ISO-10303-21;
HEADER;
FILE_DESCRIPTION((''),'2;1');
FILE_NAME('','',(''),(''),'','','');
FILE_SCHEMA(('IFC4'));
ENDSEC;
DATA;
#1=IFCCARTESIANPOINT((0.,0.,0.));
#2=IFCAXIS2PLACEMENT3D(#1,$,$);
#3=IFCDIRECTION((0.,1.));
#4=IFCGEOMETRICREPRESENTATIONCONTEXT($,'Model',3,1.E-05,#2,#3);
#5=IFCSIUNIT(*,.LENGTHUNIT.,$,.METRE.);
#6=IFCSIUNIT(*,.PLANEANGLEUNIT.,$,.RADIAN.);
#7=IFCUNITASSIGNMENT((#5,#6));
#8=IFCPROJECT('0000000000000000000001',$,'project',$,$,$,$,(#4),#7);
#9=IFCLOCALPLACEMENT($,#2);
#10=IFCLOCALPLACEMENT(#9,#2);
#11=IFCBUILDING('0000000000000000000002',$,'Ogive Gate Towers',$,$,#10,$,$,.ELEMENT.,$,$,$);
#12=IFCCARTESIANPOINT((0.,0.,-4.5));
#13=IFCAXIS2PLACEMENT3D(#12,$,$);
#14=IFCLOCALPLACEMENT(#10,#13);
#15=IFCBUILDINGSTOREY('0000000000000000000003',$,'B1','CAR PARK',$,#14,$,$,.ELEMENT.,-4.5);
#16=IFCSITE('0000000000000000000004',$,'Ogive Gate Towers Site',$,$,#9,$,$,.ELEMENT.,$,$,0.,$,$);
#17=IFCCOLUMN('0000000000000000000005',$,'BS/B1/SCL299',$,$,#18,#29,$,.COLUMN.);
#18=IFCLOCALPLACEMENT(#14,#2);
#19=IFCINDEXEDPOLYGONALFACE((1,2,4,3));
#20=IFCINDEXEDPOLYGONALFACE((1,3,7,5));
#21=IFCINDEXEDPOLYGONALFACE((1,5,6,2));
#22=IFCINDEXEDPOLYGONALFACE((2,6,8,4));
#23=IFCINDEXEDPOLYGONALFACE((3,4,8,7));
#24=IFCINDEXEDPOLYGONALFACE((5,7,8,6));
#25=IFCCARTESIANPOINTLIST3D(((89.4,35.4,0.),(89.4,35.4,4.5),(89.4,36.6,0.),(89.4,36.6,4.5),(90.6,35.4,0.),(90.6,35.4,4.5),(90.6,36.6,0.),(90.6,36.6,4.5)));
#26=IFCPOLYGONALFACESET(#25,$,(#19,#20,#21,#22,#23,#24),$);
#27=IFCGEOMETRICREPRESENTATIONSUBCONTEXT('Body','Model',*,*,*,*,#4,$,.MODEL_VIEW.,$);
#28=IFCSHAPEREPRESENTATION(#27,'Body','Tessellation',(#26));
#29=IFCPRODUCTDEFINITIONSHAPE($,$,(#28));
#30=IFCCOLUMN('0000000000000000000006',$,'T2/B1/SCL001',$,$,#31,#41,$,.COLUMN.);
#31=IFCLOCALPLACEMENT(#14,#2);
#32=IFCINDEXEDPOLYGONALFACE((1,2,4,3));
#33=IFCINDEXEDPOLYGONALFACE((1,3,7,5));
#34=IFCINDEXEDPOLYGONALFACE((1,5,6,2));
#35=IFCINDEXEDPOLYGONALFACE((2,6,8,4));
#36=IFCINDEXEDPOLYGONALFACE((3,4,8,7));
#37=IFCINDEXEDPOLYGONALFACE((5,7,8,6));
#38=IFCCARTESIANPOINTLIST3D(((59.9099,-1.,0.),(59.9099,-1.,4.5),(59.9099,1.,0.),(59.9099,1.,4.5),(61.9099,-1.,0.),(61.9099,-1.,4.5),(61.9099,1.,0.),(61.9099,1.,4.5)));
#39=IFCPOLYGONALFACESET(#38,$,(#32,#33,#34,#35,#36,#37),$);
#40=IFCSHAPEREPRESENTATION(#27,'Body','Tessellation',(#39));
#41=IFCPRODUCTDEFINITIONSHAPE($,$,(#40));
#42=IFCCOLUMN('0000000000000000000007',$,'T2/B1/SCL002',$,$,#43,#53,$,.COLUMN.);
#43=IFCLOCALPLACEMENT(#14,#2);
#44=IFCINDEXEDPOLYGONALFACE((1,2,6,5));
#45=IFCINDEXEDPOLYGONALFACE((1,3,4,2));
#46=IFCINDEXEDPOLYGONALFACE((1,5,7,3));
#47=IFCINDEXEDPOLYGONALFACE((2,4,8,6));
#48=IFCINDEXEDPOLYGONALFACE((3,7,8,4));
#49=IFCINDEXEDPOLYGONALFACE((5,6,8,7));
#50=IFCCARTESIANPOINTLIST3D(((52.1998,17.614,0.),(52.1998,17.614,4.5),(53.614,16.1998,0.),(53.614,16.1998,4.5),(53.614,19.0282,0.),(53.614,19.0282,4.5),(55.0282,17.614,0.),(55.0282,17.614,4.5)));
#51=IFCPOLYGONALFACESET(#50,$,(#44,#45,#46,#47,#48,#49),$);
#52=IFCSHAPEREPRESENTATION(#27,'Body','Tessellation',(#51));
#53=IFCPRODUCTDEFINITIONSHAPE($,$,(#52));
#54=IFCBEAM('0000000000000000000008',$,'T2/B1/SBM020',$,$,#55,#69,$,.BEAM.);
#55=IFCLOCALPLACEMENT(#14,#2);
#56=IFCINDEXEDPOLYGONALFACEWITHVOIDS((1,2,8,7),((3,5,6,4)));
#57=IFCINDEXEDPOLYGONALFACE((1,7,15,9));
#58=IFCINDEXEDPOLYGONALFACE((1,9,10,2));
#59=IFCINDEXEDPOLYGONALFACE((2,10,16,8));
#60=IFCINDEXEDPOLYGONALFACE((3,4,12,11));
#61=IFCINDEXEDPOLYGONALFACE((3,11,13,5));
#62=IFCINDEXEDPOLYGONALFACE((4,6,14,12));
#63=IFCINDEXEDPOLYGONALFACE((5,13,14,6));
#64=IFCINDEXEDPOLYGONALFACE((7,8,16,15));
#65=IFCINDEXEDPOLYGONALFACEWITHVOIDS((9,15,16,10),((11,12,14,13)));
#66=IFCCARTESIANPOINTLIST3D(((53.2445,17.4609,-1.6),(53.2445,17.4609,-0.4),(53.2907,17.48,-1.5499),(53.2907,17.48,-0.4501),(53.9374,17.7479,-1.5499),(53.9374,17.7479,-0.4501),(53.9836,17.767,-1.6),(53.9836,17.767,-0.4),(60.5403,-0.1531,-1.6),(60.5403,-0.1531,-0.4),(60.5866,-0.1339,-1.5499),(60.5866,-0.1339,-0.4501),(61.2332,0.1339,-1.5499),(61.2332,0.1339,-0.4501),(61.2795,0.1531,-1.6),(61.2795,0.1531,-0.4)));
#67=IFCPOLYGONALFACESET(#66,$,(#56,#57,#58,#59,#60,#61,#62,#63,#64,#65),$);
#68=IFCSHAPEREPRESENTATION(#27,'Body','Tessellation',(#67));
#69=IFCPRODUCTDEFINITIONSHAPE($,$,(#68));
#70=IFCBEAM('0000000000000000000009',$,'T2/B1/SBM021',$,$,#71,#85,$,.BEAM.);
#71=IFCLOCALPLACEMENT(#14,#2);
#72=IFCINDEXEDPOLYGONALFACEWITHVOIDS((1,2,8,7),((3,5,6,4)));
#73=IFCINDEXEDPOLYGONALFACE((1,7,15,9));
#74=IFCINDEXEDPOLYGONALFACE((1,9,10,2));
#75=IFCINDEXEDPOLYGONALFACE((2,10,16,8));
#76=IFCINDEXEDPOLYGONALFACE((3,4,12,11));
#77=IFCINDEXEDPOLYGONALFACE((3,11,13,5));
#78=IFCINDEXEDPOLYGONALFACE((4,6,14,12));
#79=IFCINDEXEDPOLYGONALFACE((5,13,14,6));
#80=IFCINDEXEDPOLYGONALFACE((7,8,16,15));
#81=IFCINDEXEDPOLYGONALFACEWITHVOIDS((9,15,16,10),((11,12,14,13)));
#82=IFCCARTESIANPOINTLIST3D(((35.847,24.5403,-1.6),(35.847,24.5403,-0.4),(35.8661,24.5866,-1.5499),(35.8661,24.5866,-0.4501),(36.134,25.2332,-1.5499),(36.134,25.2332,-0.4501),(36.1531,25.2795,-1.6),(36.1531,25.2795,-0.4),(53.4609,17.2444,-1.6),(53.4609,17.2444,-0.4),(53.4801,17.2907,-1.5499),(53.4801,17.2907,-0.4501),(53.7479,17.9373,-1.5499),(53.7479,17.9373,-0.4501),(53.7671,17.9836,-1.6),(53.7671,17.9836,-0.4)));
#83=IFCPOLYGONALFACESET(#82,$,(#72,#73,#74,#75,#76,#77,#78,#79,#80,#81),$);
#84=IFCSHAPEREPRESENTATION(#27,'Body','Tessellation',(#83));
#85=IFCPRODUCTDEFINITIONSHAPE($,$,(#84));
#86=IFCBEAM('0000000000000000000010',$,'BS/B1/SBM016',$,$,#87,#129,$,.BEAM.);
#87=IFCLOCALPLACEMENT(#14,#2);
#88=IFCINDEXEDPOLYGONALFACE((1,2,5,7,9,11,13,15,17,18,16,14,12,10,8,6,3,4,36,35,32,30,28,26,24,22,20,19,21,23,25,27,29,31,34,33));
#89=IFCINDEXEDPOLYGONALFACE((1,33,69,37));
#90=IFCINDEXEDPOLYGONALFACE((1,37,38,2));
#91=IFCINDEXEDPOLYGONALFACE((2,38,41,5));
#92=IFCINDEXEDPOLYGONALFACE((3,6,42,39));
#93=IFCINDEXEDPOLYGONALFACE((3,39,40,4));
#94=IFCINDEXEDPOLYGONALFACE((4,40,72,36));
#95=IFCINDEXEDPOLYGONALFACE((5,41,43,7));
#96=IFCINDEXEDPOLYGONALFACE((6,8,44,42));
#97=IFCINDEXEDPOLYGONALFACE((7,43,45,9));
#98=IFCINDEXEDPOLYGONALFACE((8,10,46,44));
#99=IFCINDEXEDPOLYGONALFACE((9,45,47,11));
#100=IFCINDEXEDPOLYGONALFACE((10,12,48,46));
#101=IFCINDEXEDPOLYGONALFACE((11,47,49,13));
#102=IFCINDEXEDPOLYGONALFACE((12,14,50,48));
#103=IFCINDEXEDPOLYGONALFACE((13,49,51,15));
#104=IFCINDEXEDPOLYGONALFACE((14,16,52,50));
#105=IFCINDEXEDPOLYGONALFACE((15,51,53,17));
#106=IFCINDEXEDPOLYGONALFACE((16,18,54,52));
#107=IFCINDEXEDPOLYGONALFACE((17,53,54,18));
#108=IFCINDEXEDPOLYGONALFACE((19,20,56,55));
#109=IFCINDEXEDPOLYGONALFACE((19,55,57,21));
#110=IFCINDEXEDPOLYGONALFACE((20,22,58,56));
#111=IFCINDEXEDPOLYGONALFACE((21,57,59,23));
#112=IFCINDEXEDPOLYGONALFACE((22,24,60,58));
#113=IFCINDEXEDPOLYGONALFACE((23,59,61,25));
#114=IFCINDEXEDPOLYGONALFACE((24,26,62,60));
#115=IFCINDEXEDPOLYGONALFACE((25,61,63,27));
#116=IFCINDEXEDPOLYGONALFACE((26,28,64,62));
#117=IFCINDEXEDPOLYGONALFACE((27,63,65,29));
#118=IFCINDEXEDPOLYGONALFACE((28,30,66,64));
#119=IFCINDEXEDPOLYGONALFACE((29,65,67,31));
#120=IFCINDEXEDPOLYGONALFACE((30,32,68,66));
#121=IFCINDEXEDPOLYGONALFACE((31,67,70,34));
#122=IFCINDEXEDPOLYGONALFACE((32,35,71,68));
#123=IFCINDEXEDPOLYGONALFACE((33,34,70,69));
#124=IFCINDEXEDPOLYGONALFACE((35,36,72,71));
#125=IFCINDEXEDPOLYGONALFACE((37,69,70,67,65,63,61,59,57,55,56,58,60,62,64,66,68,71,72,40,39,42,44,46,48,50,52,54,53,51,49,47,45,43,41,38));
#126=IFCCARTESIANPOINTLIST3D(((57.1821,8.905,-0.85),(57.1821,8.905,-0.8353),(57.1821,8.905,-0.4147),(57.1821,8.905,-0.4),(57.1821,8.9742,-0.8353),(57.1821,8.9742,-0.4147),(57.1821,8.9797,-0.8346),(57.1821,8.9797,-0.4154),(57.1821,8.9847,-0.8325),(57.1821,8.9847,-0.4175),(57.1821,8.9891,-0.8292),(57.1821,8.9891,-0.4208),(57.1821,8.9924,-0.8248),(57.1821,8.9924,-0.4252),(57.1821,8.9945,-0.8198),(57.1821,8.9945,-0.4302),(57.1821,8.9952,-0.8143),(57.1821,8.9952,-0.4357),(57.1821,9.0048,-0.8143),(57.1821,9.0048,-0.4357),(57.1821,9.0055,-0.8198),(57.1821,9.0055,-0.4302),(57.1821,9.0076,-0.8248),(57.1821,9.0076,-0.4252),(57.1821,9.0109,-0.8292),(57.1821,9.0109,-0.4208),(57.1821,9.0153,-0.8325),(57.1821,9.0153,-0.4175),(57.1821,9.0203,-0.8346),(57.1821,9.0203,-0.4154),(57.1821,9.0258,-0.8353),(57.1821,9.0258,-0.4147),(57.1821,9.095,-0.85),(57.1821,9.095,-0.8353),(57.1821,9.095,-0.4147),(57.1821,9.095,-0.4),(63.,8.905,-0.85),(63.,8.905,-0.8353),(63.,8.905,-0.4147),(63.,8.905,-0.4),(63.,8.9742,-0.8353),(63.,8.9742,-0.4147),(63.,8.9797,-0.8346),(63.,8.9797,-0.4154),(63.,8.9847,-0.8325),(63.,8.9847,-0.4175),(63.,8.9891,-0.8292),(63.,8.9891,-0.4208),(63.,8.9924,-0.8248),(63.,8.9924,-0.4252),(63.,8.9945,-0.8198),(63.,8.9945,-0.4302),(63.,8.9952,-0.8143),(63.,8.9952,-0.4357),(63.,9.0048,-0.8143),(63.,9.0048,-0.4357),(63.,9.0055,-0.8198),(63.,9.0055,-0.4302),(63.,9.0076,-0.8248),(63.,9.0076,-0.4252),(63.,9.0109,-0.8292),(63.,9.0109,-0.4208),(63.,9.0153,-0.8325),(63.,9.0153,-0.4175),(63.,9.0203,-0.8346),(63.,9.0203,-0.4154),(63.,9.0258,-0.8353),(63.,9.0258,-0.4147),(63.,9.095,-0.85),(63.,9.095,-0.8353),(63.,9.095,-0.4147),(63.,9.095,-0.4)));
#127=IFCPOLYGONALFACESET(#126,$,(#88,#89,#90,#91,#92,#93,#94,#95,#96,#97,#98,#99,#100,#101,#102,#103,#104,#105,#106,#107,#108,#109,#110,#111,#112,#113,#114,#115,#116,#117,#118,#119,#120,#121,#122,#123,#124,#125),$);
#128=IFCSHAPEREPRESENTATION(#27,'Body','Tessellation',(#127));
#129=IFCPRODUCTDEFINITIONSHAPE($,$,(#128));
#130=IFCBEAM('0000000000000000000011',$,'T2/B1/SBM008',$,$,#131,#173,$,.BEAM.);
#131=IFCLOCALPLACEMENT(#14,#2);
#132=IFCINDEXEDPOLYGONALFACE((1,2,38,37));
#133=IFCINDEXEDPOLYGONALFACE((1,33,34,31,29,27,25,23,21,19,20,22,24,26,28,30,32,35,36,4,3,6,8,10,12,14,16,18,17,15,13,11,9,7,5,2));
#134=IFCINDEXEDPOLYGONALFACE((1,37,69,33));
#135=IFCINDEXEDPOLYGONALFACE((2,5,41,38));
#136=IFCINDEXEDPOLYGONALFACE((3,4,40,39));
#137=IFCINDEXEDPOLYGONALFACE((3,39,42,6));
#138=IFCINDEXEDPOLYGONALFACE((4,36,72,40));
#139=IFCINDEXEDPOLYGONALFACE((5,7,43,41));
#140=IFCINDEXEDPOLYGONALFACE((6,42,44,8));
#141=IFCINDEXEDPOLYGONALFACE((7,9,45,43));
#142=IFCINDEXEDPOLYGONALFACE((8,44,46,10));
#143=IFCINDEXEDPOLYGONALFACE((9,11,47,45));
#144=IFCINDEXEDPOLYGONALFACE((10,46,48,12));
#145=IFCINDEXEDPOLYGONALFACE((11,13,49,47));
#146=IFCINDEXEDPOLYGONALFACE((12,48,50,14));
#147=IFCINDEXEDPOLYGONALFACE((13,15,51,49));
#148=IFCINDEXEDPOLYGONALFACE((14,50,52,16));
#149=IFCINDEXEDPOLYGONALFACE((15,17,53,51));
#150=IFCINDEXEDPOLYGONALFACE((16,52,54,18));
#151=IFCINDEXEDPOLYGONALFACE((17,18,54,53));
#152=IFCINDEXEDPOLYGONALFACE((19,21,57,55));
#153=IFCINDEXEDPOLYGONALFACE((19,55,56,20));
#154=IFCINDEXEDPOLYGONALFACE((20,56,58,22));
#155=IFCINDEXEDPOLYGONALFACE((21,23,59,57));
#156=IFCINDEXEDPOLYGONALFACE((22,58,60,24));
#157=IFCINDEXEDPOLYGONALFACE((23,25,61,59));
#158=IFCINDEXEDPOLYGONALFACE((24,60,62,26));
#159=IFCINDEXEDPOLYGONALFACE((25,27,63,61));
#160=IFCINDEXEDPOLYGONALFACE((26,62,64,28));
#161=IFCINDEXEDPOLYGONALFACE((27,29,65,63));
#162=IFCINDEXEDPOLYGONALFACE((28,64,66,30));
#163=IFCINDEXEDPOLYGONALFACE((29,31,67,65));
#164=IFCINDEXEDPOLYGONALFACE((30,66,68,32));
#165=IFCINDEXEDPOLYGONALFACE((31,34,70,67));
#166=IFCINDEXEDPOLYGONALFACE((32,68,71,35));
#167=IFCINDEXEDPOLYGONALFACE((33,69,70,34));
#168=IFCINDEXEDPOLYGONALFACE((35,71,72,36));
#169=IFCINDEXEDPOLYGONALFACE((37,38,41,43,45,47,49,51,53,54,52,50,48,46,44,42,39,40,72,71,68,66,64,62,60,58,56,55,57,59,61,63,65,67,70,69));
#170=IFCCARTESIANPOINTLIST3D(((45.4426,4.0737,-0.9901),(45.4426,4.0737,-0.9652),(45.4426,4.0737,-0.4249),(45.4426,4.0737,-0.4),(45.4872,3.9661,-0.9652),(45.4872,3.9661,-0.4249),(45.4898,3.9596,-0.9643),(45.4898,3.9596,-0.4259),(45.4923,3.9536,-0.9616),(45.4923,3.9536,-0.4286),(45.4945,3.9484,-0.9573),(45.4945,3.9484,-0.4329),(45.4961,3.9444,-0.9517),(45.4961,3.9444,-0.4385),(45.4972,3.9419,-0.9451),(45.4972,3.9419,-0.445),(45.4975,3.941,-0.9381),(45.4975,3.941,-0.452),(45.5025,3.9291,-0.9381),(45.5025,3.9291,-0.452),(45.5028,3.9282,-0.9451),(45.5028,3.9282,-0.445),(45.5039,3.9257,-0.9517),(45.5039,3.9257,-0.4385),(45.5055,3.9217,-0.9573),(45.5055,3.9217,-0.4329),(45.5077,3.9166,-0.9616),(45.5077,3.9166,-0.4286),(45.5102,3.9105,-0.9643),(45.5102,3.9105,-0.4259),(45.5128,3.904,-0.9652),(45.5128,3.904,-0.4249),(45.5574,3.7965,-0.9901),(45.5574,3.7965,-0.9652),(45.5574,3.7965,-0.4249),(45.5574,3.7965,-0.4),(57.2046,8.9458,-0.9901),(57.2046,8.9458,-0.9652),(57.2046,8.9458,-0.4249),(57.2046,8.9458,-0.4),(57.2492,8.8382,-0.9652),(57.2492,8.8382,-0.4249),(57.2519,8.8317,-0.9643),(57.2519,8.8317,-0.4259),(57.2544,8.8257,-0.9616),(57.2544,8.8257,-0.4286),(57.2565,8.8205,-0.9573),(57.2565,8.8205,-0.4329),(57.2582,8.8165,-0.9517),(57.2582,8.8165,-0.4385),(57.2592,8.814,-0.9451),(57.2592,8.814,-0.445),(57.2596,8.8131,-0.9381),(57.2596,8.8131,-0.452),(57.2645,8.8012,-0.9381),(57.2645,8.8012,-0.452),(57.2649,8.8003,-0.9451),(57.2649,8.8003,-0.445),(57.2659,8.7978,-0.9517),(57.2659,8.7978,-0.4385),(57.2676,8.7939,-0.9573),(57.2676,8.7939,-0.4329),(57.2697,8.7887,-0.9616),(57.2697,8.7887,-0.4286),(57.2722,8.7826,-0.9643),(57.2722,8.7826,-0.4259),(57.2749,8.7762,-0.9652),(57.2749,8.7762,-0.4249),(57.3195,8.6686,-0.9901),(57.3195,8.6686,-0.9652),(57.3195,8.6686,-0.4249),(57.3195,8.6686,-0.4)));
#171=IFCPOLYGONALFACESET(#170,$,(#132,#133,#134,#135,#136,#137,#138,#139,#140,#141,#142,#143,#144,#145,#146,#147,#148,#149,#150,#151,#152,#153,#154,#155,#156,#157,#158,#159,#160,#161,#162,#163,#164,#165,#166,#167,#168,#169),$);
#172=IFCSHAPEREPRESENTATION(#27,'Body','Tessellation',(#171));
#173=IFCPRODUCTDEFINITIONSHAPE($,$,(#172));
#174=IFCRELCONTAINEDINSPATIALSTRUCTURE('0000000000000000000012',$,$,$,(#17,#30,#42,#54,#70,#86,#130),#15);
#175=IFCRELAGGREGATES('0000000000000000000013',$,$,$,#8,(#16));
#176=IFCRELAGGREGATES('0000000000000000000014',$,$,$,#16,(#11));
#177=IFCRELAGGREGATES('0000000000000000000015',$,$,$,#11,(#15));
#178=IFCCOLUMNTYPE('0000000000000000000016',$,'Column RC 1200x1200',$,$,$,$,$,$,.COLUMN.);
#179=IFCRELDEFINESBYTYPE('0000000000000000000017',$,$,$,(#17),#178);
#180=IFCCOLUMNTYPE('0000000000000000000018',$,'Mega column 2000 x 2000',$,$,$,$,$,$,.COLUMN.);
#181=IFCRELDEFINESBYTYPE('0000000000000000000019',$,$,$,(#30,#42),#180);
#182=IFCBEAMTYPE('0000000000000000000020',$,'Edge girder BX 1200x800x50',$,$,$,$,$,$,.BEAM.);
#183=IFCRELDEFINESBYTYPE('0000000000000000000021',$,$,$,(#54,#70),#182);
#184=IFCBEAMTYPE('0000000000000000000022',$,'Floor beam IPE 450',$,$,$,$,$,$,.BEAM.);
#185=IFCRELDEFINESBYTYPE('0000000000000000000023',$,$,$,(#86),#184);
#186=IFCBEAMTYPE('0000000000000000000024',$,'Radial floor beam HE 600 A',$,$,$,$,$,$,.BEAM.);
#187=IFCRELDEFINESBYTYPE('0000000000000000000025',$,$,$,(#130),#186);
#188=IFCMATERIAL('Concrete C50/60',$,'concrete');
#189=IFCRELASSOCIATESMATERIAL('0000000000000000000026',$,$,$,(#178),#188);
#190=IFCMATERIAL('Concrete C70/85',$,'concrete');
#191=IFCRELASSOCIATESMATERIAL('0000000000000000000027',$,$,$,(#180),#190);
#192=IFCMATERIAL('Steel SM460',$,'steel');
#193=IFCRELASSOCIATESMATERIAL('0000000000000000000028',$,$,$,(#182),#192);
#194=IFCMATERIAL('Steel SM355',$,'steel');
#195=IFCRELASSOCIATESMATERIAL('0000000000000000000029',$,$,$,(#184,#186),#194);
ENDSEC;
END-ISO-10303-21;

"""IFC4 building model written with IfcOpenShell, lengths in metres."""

from ifc_helpers import new_model, si_unit, direction, frame, origin, origin_2d, place, context, subcontext, project, spatial, rectangle, hollow_rectangle, i_section, extrude, material, material_profile, profile_set, type_object, element, save


model = new_model("IFC4")

# Units and contexts
model_context = context("Model", 3, precision=1e-05, world=origin(), true_north=direction((0.0, 1.0)))
body_context = subcontext(model_context, "Body", "Model", "MODEL_VIEW")
ifc_project = project(units=[si_unit("LENGTHUNIT", "METRE"), si_unit("PLANEANGLEUNIT", "RADIAN")], contexts=[model_context])

# Site, building, storey
site_placement = place(None, origin())
site = spatial("IfcSite", under=ifc_project, at=site_placement, Name="Ogive Gate Towers Site", CompositionType="ELEMENT", RefElevation=0.0)
building_placement = place(site_placement, origin())
building = spatial("IfcBuilding", under=site, at=building_placement, Name="Ogive Gate Towers", CompositionType="ELEMENT")
storey_placement = place(building_placement, frame((0.0, 0.0, -4.5)))
storey = spatial("IfcBuildingStorey", under=building, at=storey_placement, Name="B1", Description="CAR PARK", CompositionType="ELEMENT", Elevation=-4.5)

# Columns
ifc_material_1 = material(Name="Concrete C50/60", Category="concrete")
ifc_material_profile_1 = material_profile(ifc_material_1, rectangle(XDim=1.2, YDim=1.2, at=origin_2d()), Name="RC 1200x1200")
ifc_profile_set_1 = profile_set([ifc_material_profile_1], Name="Concrete C50/60")
column_type_1 = type_object("IfcColumnType", Name="Column RC 1200x1200", PredefinedType="COLUMN", material=ifc_profile_set_1)
for number, where, z_axis, x_axis, name in (
    (1, (90.0, 36.0, 0.0), (0.0, 0.0, 1.0), (1.0, 0.0, 0.0), "BS/B1/SCL299"),
):
    element("IfcColumn", number, at=place(storey_placement, frame(where, z_axis=z_axis, x_axis=x_axis)), inside=storey, type_object=column_type_1, Name=name, PredefinedType="COLUMN", context=body_context, shape_type="SweptSolid", body=[
        extrude(rectangle(XDim=1.2, YDim=1.2, at=origin_2d()), origin(), (0.0, 0.0, 1.0), 4.5),
    ])
ifc_material_2 = material(Name="Concrete C70/85", Category="concrete")
ifc_material_profile_2 = material_profile(ifc_material_2, rectangle(XDim=2.0, YDim=2.0, at=origin_2d()), Name="RC 2000x2000")
ifc_profile_set_2 = profile_set([ifc_material_profile_2], Name="Concrete C70/85")
column_type_2 = type_object("IfcColumnType", Name="Mega column 2000 x 2000", PredefinedType="COLUMN", material=ifc_profile_set_2)
for number, where, z_axis, x_axis, name in (
    (2, (60.9099, 0.0, 0.0), (0.0, 0.0, 1.0), (1.0, 0.0, 0.0), "T2/B1/SCL001"),
    (3, (53.614, 17.614, 0.0), (0.0, 0.0, 1.0), (0.707107, 0.707107, 0.0), "T2/B1/SCL002"),
):
    element("IfcColumn", number, at=place(storey_placement, frame(where, z_axis=z_axis, x_axis=x_axis)), inside=storey, type_object=column_type_2, Name=name, PredefinedType="COLUMN", context=body_context, shape_type="SweptSolid", body=[
        extrude(rectangle(XDim=2.0, YDim=2.0, at=origin_2d()), origin(), (0.0, 0.0, 1.0), 4.5),
    ])

# Beams
ifc_material_3 = material(Name="Steel SM460", Category="steel")
ifc_material_profile_3 = material_profile(ifc_material_3, hollow_rectangle(XDim=0.8, YDim=1.2, WallThickness=0.05, at=origin_2d()), Name="BX 1200x800x50")
ifc_profile_set_3 = profile_set([ifc_material_profile_3], Name="Steel SM460")
beam_type_1 = type_object("IfcBeamType", Name="Edge girder BX 1200x800x50", PredefinedType="BEAM", material=ifc_profile_set_3)
for number, where, z_axis, x_axis, name in (
    (4, (60.9099, 0.0, -1.0), (-0.382681, 0.923881, 0.0), (-0.923881, -0.382681, 0.0), "T2/B1/SBM020"),
    (5, (53.614, 17.614, -1.0), (-0.923881, 0.382681, 0.0), (-0.382681, -0.923881, 0.0), "T2/B1/SBM021"),
):
    element("IfcBeam", number, at=place(storey_placement, frame(where, z_axis=z_axis, x_axis=x_axis)), inside=storey, type_object=beam_type_1, Name=name, PredefinedType="BEAM", context=body_context, shape_type="SweptSolid", body=[
        extrude(hollow_rectangle(XDim=0.8, YDim=1.2, WallThickness=0.05, at=origin_2d()), origin(), (0.0, 0.0, 1.0), 19.0652),
    ])
ifc_material_4 = material(Name="Steel SM355", Category="steel")
ifc_material_profile_4 = material_profile(ifc_material_4, i_section(OverallWidth=0.1899, OverallDepth=0.45, WebThickness=0.0095, FlangeThickness=0.0146, FilletRadius=0.021, at=origin_2d()), Name="IPE 450")
ifc_profile_set_4 = profile_set([ifc_material_profile_4], Name="Steel SM355")
beam_type_2 = type_object("IfcBeamType", Name="Floor beam IPE 450", PredefinedType="BEAM", material=ifc_profile_set_4)
beam_1_placement = place(storey_placement, frame((63.0, 9.0, -0.625), z_axis=(-1.0, 0.0, 0.0), x_axis=(0.0, -1.0, 0.0)))
element("IfcBeam", 6, at=beam_1_placement, inside=storey, type_object=beam_type_2, Name="BS/B1/SBM016", PredefinedType="BEAM", context=body_context, shape_type="SweptSolid", body=[
    extrude(i_section(OverallWidth=0.1899, OverallDepth=0.45, WebThickness=0.0095, FlangeThickness=0.0146, FilletRadius=0.021, at=origin_2d()), origin(), (0.0, 0.0, 1.0), 5.8179),
])
ifc_material_profile_5 = material_profile(ifc_material_4, i_section(OverallWidth=0.3, OverallDepth=0.5901, WebThickness=0.0129, FlangeThickness=0.0249, FilletRadius=0.0271, at=origin_2d()), Name="HE 600 A")
ifc_profile_set_5 = profile_set([ifc_material_profile_5], Name="Steel SM355")
beam_type_3 = type_object("IfcBeamType", Name="Radial floor beam HE 600 A", PredefinedType="BEAM", material=ifc_profile_set_5)
beam_2_placement = place(storey_placement, frame((45.5, 3.9351, -0.6951), z_axis=(0.923877, 0.382691, 0.0), x_axis=(-0.382691, 0.923877, 0.0)))
element("IfcBeam", 7, at=beam_2_placement, inside=storey, type_object=beam_type_3, Name="T2/B1/SBM008", PredefinedType="BEAM", context=body_context, shape_type="SweptSolid", body=[
    extrude(i_section(OverallWidth=0.3, OverallDepth=0.5901, WebThickness=0.0129, FlangeThickness=0.0249, FilletRadius=0.0271, at=origin_2d()), origin(), (0.0, 0.0, 1.0), 12.7312),
])

save(model, "model.ifc")
